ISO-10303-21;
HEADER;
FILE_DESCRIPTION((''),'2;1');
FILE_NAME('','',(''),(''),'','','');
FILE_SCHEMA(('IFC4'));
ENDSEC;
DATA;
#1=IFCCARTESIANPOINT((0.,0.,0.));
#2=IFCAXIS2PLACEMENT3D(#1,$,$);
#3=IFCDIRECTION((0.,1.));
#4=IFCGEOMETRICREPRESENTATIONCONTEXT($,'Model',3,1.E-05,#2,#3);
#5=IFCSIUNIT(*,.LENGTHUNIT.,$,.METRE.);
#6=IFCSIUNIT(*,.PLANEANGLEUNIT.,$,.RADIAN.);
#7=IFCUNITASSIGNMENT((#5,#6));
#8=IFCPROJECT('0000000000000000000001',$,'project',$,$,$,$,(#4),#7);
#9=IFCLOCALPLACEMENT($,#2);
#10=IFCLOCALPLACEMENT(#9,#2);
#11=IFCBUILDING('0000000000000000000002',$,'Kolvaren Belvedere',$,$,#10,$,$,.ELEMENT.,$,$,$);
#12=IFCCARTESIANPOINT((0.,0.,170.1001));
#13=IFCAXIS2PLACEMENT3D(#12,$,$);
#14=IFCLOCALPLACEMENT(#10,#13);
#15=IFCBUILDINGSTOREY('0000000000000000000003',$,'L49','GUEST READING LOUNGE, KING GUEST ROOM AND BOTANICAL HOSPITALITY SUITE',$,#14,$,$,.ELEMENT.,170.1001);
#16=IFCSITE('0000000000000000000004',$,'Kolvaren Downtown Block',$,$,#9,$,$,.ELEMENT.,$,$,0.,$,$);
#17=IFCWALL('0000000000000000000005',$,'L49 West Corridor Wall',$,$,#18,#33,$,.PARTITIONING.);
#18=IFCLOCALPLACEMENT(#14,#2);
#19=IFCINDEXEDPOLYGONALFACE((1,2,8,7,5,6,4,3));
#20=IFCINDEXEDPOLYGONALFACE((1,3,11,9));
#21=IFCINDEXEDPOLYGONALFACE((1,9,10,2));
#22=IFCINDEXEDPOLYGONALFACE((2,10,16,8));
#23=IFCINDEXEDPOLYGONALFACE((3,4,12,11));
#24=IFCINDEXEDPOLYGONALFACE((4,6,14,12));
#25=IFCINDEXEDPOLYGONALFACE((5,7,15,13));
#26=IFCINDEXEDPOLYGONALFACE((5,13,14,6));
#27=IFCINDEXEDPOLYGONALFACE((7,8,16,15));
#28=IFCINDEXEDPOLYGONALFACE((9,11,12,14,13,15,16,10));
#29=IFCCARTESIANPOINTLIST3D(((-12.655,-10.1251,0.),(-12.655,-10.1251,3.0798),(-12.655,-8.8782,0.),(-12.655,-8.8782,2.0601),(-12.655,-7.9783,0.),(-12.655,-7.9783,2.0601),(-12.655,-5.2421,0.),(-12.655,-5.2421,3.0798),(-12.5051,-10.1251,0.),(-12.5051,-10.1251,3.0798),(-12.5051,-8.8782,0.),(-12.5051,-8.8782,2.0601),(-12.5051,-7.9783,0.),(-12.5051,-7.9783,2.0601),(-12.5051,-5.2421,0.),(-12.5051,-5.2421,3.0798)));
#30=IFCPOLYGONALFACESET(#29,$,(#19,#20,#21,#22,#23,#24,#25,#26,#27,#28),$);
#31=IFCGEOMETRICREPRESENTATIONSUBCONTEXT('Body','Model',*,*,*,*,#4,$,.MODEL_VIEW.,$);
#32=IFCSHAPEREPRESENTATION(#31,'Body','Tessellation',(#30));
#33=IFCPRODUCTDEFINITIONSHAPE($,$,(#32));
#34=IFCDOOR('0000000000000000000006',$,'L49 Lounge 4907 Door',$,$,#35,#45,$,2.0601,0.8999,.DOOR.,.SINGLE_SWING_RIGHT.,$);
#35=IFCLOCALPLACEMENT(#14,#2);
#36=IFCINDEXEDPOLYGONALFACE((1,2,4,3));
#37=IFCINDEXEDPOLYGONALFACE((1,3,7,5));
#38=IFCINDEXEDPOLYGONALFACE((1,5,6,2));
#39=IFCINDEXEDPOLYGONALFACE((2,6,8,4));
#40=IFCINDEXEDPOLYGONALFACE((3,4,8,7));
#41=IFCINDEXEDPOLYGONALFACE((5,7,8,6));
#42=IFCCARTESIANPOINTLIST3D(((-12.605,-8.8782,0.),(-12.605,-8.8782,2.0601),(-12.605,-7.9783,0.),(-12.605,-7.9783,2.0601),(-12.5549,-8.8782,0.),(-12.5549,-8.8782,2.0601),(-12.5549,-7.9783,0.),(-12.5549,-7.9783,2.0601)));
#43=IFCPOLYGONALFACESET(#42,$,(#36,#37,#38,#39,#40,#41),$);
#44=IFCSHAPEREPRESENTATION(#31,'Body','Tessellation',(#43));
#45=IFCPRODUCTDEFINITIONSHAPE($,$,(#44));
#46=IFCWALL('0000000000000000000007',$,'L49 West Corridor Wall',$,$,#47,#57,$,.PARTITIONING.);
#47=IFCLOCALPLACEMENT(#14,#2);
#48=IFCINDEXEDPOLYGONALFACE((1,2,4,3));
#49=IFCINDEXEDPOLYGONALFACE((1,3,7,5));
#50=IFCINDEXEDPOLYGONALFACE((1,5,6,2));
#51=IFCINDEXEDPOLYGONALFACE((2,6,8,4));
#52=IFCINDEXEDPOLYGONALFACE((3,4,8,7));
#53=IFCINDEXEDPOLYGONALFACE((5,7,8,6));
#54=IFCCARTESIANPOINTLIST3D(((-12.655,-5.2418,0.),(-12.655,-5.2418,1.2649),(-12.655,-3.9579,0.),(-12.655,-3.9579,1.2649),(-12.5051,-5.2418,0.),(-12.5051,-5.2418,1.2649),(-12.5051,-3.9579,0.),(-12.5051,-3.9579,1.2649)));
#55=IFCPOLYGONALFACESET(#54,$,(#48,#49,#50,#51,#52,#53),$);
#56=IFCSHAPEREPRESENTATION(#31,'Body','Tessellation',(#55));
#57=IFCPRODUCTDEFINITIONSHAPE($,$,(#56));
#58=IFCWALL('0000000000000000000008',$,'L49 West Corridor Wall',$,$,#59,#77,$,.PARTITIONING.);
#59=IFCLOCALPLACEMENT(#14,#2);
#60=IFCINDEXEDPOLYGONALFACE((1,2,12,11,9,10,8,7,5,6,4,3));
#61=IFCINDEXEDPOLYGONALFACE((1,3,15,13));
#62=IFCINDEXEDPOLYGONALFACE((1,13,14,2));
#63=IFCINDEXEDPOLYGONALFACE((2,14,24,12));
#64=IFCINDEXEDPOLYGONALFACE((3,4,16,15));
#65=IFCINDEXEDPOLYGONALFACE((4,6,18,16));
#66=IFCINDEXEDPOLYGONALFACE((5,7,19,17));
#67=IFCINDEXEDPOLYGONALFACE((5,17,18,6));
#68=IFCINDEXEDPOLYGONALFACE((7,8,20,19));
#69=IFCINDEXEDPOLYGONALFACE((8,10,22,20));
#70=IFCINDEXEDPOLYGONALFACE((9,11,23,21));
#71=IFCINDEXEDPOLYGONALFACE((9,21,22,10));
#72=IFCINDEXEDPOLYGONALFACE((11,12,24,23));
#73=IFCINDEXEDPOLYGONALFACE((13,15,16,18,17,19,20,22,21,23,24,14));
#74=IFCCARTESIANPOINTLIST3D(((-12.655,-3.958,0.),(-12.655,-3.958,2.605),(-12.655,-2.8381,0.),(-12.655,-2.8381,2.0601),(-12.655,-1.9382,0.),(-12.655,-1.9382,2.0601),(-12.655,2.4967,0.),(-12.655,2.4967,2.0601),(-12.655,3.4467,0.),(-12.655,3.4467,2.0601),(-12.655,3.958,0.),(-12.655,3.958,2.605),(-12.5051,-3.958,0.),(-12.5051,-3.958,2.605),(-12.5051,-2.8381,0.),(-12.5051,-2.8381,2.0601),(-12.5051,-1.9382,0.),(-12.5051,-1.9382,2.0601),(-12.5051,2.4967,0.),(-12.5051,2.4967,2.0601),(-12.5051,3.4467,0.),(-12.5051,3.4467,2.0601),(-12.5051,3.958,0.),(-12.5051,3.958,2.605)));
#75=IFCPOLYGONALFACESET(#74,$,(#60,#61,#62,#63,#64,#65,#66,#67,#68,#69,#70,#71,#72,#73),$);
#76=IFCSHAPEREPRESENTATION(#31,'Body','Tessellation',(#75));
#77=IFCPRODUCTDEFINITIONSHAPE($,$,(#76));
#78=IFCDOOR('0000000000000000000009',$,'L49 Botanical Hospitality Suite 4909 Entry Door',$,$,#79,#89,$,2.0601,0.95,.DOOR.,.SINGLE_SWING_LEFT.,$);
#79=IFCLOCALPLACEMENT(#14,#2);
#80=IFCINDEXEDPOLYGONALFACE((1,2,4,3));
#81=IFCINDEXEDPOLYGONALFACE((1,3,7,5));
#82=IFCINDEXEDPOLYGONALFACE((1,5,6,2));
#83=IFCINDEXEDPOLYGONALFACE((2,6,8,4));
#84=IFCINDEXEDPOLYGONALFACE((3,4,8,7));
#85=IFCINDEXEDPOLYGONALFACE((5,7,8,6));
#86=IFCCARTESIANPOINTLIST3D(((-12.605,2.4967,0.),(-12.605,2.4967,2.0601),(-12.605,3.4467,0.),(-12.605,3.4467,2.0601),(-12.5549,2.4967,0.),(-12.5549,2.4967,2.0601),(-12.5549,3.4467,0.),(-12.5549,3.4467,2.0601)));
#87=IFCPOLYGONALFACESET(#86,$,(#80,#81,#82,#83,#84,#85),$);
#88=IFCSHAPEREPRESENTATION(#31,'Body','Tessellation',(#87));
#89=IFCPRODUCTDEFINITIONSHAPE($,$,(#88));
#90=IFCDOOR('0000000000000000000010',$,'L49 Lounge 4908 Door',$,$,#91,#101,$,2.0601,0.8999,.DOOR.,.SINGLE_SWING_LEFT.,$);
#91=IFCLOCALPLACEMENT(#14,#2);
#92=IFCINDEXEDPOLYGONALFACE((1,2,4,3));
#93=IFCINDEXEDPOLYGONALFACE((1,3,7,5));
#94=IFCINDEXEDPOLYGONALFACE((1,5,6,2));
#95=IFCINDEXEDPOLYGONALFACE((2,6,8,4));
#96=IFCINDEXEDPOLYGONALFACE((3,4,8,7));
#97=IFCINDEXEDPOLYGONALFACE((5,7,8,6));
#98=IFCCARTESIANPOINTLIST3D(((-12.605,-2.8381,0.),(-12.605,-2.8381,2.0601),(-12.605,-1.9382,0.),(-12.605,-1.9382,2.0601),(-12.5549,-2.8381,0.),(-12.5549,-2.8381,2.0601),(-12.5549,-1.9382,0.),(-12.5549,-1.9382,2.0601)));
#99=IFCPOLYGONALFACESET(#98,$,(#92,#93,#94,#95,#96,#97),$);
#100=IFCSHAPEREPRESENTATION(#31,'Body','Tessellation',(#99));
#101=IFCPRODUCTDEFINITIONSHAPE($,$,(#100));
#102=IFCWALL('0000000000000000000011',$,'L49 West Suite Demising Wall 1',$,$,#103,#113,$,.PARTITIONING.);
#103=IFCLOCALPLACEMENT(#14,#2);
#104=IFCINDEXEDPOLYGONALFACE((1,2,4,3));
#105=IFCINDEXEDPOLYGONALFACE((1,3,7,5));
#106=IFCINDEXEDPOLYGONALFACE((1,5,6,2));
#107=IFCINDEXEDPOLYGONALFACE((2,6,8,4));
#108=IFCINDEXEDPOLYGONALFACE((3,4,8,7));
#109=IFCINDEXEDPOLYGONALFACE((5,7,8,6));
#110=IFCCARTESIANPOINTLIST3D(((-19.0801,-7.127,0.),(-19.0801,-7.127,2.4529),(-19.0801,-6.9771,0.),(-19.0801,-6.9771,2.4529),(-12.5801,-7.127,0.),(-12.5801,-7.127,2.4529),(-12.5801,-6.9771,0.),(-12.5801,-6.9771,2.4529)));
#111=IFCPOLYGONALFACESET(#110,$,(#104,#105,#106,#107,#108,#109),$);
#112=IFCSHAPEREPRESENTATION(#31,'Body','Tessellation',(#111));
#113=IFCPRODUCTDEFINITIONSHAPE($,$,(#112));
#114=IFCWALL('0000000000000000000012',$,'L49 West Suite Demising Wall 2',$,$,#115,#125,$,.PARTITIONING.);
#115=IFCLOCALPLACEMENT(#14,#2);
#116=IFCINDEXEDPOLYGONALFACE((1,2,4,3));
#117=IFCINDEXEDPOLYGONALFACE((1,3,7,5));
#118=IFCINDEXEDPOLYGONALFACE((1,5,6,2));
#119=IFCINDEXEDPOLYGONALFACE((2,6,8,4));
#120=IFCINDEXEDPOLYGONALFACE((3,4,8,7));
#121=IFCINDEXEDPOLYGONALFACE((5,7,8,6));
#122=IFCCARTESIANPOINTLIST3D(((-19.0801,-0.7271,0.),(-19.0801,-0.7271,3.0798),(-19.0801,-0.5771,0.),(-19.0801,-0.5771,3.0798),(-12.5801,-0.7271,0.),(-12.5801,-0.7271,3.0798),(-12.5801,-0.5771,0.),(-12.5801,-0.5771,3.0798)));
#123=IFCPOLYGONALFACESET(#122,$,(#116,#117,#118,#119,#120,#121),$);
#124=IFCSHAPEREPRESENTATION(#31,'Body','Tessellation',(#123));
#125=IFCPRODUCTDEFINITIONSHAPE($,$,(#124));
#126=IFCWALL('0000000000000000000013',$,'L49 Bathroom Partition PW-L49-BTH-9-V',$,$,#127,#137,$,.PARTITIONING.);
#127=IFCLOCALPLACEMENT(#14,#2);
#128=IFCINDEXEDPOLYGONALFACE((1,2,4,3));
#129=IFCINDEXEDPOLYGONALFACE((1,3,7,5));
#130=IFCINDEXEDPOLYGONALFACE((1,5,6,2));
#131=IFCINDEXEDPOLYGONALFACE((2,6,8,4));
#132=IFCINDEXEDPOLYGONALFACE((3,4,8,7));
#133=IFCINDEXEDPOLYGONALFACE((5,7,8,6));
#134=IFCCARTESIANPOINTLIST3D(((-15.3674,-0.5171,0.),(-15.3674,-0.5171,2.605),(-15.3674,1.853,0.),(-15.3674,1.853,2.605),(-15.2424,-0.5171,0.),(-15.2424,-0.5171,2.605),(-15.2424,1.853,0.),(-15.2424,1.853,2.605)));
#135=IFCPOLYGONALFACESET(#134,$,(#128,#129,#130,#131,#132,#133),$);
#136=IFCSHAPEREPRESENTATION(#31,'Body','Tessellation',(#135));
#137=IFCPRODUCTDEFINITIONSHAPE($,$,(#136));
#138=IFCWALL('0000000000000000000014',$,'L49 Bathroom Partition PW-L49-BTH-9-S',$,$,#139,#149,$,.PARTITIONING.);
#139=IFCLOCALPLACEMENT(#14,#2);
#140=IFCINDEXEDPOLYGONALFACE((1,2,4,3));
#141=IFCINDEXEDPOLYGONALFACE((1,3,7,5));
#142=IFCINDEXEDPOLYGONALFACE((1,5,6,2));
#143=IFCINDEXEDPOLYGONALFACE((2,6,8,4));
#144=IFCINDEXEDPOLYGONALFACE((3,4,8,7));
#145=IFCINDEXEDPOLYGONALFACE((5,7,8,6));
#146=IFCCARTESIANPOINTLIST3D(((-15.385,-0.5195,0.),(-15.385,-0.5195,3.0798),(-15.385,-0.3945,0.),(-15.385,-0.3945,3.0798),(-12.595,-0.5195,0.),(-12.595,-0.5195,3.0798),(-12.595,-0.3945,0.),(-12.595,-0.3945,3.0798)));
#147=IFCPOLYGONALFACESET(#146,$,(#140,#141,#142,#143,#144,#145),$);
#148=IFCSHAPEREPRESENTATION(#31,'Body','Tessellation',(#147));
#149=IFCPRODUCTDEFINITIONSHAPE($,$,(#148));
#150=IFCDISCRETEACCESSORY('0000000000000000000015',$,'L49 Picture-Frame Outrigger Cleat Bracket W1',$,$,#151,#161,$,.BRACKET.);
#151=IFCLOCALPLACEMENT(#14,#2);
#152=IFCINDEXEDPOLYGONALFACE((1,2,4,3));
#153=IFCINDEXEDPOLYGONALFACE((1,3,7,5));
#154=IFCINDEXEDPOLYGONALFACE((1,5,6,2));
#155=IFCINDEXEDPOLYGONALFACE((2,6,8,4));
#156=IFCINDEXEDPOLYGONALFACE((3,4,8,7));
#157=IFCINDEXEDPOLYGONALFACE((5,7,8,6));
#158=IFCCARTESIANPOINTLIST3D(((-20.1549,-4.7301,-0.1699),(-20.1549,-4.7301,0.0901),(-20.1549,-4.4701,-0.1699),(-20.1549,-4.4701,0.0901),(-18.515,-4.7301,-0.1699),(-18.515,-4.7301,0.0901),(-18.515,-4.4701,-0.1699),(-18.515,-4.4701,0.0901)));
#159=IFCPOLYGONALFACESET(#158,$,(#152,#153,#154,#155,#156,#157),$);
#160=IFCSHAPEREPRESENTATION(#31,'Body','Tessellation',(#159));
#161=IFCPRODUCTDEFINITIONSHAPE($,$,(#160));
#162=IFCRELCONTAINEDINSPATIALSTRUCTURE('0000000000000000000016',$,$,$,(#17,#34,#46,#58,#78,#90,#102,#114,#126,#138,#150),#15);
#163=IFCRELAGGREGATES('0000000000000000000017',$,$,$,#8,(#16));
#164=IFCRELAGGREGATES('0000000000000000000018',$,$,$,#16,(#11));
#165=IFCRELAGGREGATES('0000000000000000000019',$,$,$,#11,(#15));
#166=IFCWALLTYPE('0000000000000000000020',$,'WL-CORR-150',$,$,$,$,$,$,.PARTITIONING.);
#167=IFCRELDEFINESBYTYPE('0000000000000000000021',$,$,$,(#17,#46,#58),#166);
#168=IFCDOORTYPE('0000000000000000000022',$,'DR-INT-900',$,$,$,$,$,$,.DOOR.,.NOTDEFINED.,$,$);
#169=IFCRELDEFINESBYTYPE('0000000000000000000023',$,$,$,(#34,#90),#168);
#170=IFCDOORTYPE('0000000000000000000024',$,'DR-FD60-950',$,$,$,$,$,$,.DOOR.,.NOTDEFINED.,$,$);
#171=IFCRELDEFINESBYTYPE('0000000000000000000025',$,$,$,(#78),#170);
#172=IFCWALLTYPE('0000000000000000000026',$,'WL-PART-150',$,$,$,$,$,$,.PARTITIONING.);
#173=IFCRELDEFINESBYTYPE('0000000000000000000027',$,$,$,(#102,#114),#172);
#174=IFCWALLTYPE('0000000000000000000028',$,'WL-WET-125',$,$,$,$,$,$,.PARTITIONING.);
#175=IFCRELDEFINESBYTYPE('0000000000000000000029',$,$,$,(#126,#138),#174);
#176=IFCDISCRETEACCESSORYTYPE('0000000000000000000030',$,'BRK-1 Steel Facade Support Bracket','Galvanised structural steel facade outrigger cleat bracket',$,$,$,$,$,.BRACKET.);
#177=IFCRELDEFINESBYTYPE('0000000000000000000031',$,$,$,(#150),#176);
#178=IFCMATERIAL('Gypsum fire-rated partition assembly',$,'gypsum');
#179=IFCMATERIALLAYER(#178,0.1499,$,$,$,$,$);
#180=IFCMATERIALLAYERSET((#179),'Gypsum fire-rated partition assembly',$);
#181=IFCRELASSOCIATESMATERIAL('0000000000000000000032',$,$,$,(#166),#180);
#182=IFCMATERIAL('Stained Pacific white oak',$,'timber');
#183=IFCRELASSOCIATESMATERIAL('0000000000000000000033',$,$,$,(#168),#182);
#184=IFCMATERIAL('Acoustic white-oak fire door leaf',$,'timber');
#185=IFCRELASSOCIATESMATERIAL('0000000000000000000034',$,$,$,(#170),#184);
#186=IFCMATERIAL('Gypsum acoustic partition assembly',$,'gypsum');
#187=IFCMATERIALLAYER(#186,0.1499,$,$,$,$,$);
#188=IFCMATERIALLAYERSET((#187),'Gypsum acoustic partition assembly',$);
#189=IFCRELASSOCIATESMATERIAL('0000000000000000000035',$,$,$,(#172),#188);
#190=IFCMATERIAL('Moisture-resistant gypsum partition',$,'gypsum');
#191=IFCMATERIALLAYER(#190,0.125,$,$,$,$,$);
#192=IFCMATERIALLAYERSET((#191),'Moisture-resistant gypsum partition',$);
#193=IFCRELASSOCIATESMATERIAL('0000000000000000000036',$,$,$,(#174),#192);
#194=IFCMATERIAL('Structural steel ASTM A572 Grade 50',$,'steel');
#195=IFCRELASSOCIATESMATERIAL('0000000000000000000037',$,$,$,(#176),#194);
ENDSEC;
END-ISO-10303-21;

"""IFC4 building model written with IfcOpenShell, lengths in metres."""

from ifc_helpers import new_model, si_unit, direction, frame, frame_2d, origin, origin_2d, place, context, subcontext, project, spatial, rectangle, extrude, material, layer, layer_set, type_object, element, fill, save


model = new_model("IFC4")

# Units and contexts
model_context = context("Model", 3, precision=1e-05, world=origin(), true_north=direction((0.0, 1.0)))
body_context = subcontext(model_context, "Body", "Model", "MODEL_VIEW")
ifc_project = project(units=[si_unit("LENGTHUNIT", "METRE"), si_unit("PLANEANGLEUNIT", "RADIAN")], contexts=[model_context])

# Site, building, storey
site_placement = place(None, origin())
site = spatial("IfcSite", under=ifc_project, at=site_placement, Name="Kolvaren Downtown Block", CompositionType="ELEMENT", RefElevation=0.0)
building_placement = place(site_placement, origin())
building = spatial("IfcBuilding", under=site, at=building_placement, Name="Kolvaren Belvedere", CompositionType="ELEMENT")
storey_placement = place(building_placement, frame((0.0, 0.0, 170.1001)))
storey = spatial("IfcBuildingStorey", under=building, at=storey_placement, Name="L49", Description="GUEST READING LOUNGE, KING GUEST ROOM AND BOTANICAL HOSPITALITY SUITE", CompositionType="ELEMENT", Elevation=170.1001)

# Wall, opening, door
ifc_material_1 = material(Name="Gypsum fire-rated partition assembly", Category="gypsum")
ifc_layer_1 = layer(ifc_material_1, 0.1499)
ifc_layer_set_1 = layer_set([ifc_layer_1], Name="Gypsum fire-rated partition assembly")
wall_type_1 = type_object("IfcWallType", Name="WL-CORR-150", PredefinedType="PARTITIONING", material=ifc_layer_set_1)
wall_1_placement = place(storey_placement, frame((-12.5801, -10.125, 0.0), z_axis=(0.0, 0.0, 1.0), x_axis=(0.0, 1.0, 0.0)))
wall_1 = element("IfcWall", 1, at=wall_1_placement, inside=storey, type_object=wall_type_1, Name="L49 West Corridor Wall", PredefinedType="PARTITIONING", context=body_context, shape_type="SweptSolid", body=[
    extrude(rectangle(XDim=4.8831, YDim=0.1499, at=frame_2d((2.4414, 0.0))), origin(), (0.0, 0.0, 1.0), 3.0798),
])
opening_1_placement = place(wall_1_placement, frame((1.2468, 0.0, 0.0)))
opening_1 = element("IfcOpeningElement", 2, at=opening_1_placement, cuts=wall_1, PredefinedType="OPENING", context=body_context, shape_type="SweptSolid", body=[
    extrude(rectangle(XDim=0.8999, YDim=2.0601, at=frame_2d((0.45, 1.03))), frame((0.0, 0.085, 0.0), z_axis=(0.0, -1.0, 0.0), x_axis=(1.0, 0.0, 0.0)), (0.0, 0.0, 1.0), 0.1699),
])
ifc_material_2 = material(Name="Stained Pacific white oak", Category="timber")
door_type_1 = type_object("IfcDoorType", Name="DR-INT-900", OperationType="NOTDEFINED", PredefinedType="DOOR", material=ifc_material_2)
door_1_placement = place(opening_1_placement, origin())
door_1 = element("IfcDoor", 3, at=door_1_placement, inside=storey, type_object=door_type_1, Name="L49 Lounge 4907 Door", OperationType="SINGLE_SWING_RIGHT", OverallHeight=2.0601, OverallWidth=0.8999, PredefinedType="DOOR", context=body_context, shape_type="SweptSolid", body=[
    extrude(rectangle(XDim=0.8999, YDim=2.0601, at=frame_2d((0.45, 1.03))), frame((0.0, 0.0249, 0.0), z_axis=(0.0, -1.0, 0.0), x_axis=(1.0, 0.0, 0.0)), (0.0, 0.0, 1.0), 0.05),
])
fill(opening_1, door_1)

# Wall
wall_2_placement = place(storey_placement, frame((-12.5801, -5.2419, 0.0), z_axis=(0.0, 0.0, 1.0), x_axis=(0.0, 1.0, 0.0)))
element("IfcWall", 4, at=wall_2_placement, inside=storey, type_object=wall_type_1, Name="L49 West Corridor Wall", PredefinedType="PARTITIONING", context=body_context, shape_type="SweptSolid", body=[
    extrude(rectangle(XDim=1.2839, YDim=0.1499, at=frame_2d((0.6421, 0.0))), origin(), (0.0, 0.0, 1.0), 1.2649),
])

# Wall, openings, doors
wall_3_placement = place(storey_placement, frame((-12.5801, -3.958, 0.0), z_axis=(0.0, 0.0, 1.0), x_axis=(0.0, 1.0, 0.0)))
wall_3 = element("IfcWall", 5, at=wall_3_placement, inside=storey, type_object=wall_type_1, Name="L49 West Corridor Wall", PredefinedType="PARTITIONING", context=body_context, shape_type="SweptSolid", body=[
    extrude(rectangle(XDim=7.916, YDim=0.1499, at=frame_2d((3.958, 0.0))), origin(), (0.0, 0.0, 1.0), 2.605),
])
opening_2_placement = place(wall_3_placement, frame((1.1199, 0.0, 0.0)))
opening_2 = element("IfcOpeningElement", 6, at=opening_2_placement, cuts=wall_3, PredefinedType="OPENING", context=body_context, shape_type="SweptSolid", body=[
    extrude(rectangle(XDim=0.8999, YDim=2.0601, at=frame_2d((0.45, 1.03))), frame((0.0, 0.085, 0.0), z_axis=(0.0, -1.0, 0.0), x_axis=(1.0, 0.0, 0.0)), (0.0, 0.0, 1.0), 0.1699),
])
opening_3_placement = place(wall_3_placement, frame((6.4546, 0.0, 0.0)))
opening_3 = element("IfcOpeningElement", 7, at=opening_3_placement, cuts=wall_3, PredefinedType="OPENING", context=body_context, shape_type="SweptSolid", body=[
    extrude(rectangle(XDim=0.95, YDim=2.0601, at=frame_2d((0.4751, 1.03))), frame((0.0, 0.085, 0.0), z_axis=(0.0, -1.0, 0.0), x_axis=(1.0, 0.0, 0.0)), (0.0, 0.0, 1.0), 0.1699),
])
ifc_material_3 = material(Name="Acoustic white-oak fire door leaf", Category="timber")
door_type_2 = type_object("IfcDoorType", Name="DR-FD60-950", OperationType="NOTDEFINED", PredefinedType="DOOR", material=ifc_material_3)
door_2_placement = place(opening_3_placement, origin())
door_2 = element("IfcDoor", 8, at=door_2_placement, inside=storey, type_object=door_type_2, Name="L49 Botanical Hospitality Suite 4909 Entry Door", OperationType="SINGLE_SWING_LEFT", OverallHeight=2.0601, OverallWidth=0.95, PredefinedType="DOOR", context=body_context, shape_type="SweptSolid", body=[
    extrude(rectangle(XDim=0.95, YDim=2.0601, at=frame_2d((0.4751, 1.03))), frame((0.0, 0.0249, 0.0), z_axis=(0.0, -1.0, 0.0), x_axis=(1.0, 0.0, 0.0)), (0.0, 0.0, 1.0), 0.05),
])
fill(opening_3, door_2)
door_3_placement = place(opening_2_placement, origin())
door_3 = element("IfcDoor", 9, at=door_3_placement, inside=storey, type_object=door_type_1, Name="L49 Lounge 4908 Door", OperationType="SINGLE_SWING_LEFT", OverallHeight=2.0601, OverallWidth=0.8999, PredefinedType="DOOR", context=body_context, shape_type="SweptSolid", body=[
    extrude(rectangle(XDim=0.8999, YDim=2.0601, at=frame_2d((0.45, 1.03))), frame((0.0, 0.0249, 0.0), z_axis=(0.0, -1.0, 0.0), x_axis=(1.0, 0.0, 0.0)), (0.0, 0.0, 1.0), 0.05),
])
fill(opening_2, door_3)

# Walls
ifc_material_4 = material(Name="Gypsum acoustic partition assembly", Category="gypsum")
ifc_layer_2 = layer(ifc_material_4, 0.1499)
ifc_layer_set_2 = layer_set([ifc_layer_2], Name="Gypsum acoustic partition assembly")
wall_type_2 = type_object("IfcWallType", Name="WL-PART-150", PredefinedType="PARTITIONING", material=ifc_layer_set_2)
wall_4_placement = place(storey_placement, frame((-19.0801, -7.052, 0.0), z_axis=(0.0, 0.0, 1.0), x_axis=(1.0, 0.0, 0.0)))
element("IfcWall", 10, at=wall_4_placement, inside=storey, type_object=wall_type_2, Name="L49 West Suite Demising Wall 1", PredefinedType="PARTITIONING", context=body_context, shape_type="SweptSolid", body=[
    extrude(rectangle(XDim=6.5, YDim=0.1499, at=frame_2d((3.25, 0.0))), origin(), (0.0, 0.0, 1.0), 2.4529),
])
wall_5_placement = place(storey_placement, frame((-19.0801, -0.6521, 0.0), z_axis=(0.0, 0.0, 1.0), x_axis=(1.0, 0.0, 0.0)))
element("IfcWall", 11, at=wall_5_placement, inside=storey, type_object=wall_type_2, Name="L49 West Suite Demising Wall 2", PredefinedType="PARTITIONING", context=body_context, shape_type="SweptSolid", body=[
    extrude(rectangle(XDim=6.5, YDim=0.1499, at=frame_2d((3.25, 0.0))), origin(), (0.0, 0.0, 1.0), 3.0798),
])
ifc_material_5 = material(Name="Moisture-resistant gypsum partition", Category="gypsum")
ifc_layer_3 = layer(ifc_material_5, 0.125)
ifc_layer_set_3 = layer_set([ifc_layer_3], Name="Moisture-resistant gypsum partition")
wall_type_3 = type_object("IfcWallType", Name="WL-WET-125", PredefinedType="PARTITIONING", material=ifc_layer_set_3)
wall_6_placement = place(storey_placement, frame((-15.3049, -0.5171, 0.0), z_axis=(0.0, 0.0, 1.0), x_axis=(0.0, 1.0, 0.0)))
element("IfcWall", 12, at=wall_6_placement, inside=storey, type_object=wall_type_3, Name="L49 Bathroom Partition PW-L49-BTH-9-V", PredefinedType="PARTITIONING", context=body_context, shape_type="SweptSolid", body=[
    extrude(rectangle(XDim=2.3701, YDim=0.125, at=frame_2d((1.1851, 0.0))), origin(), (0.0, 0.0, 1.0), 2.605),
])
wall_7_placement = place(storey_placement, frame((-15.385, -0.457, 0.0), z_axis=(0.0, 0.0, 1.0), x_axis=(1.0, 0.0, 0.0)))
element("IfcWall", 13, at=wall_7_placement, inside=storey, type_object=wall_type_3, Name="L49 Bathroom Partition PW-L49-BTH-9-S", PredefinedType="PARTITIONING", context=body_context, shape_type="SweptSolid", body=[
    extrude(rectangle(XDim=2.79, YDim=0.125, at=frame_2d((1.395, 0.0))), origin(), (0.0, 0.0, 1.0), 3.0798),
])

# Discrete accessory
ifc_material_6 = material(Name="Structural steel ASTM A572 Grade 50", Category="steel")
discrete_accessory_type = type_object("IfcDiscreteAccessoryType", Name="BRK-1 Steel Facade Support Bracket", Description="Galvanised structural steel facade outrigger cleat bracket", PredefinedType="BRACKET", material=ifc_material_6)
discrete_accessory_placement = place(storey_placement, frame((-19.335, -4.6001, -0.1699), z_axis=(0.0, 0.0, 1.0), x_axis=(1.0, 0.0, 0.0)))
element("IfcDiscreteAccessory", 14, at=discrete_accessory_placement, inside=storey, type_object=discrete_accessory_type, Name="L49 Picture-Frame Outrigger Cleat Bracket W1", PredefinedType="BRACKET", context=body_context, shape_type="SweptSolid", body=[
    extrude(rectangle(XDim=1.6399, YDim=0.26, at=origin_2d()), origin(), (0.0, 0.0, 1.0), 0.26),
])

save(model, "model.ifc")
